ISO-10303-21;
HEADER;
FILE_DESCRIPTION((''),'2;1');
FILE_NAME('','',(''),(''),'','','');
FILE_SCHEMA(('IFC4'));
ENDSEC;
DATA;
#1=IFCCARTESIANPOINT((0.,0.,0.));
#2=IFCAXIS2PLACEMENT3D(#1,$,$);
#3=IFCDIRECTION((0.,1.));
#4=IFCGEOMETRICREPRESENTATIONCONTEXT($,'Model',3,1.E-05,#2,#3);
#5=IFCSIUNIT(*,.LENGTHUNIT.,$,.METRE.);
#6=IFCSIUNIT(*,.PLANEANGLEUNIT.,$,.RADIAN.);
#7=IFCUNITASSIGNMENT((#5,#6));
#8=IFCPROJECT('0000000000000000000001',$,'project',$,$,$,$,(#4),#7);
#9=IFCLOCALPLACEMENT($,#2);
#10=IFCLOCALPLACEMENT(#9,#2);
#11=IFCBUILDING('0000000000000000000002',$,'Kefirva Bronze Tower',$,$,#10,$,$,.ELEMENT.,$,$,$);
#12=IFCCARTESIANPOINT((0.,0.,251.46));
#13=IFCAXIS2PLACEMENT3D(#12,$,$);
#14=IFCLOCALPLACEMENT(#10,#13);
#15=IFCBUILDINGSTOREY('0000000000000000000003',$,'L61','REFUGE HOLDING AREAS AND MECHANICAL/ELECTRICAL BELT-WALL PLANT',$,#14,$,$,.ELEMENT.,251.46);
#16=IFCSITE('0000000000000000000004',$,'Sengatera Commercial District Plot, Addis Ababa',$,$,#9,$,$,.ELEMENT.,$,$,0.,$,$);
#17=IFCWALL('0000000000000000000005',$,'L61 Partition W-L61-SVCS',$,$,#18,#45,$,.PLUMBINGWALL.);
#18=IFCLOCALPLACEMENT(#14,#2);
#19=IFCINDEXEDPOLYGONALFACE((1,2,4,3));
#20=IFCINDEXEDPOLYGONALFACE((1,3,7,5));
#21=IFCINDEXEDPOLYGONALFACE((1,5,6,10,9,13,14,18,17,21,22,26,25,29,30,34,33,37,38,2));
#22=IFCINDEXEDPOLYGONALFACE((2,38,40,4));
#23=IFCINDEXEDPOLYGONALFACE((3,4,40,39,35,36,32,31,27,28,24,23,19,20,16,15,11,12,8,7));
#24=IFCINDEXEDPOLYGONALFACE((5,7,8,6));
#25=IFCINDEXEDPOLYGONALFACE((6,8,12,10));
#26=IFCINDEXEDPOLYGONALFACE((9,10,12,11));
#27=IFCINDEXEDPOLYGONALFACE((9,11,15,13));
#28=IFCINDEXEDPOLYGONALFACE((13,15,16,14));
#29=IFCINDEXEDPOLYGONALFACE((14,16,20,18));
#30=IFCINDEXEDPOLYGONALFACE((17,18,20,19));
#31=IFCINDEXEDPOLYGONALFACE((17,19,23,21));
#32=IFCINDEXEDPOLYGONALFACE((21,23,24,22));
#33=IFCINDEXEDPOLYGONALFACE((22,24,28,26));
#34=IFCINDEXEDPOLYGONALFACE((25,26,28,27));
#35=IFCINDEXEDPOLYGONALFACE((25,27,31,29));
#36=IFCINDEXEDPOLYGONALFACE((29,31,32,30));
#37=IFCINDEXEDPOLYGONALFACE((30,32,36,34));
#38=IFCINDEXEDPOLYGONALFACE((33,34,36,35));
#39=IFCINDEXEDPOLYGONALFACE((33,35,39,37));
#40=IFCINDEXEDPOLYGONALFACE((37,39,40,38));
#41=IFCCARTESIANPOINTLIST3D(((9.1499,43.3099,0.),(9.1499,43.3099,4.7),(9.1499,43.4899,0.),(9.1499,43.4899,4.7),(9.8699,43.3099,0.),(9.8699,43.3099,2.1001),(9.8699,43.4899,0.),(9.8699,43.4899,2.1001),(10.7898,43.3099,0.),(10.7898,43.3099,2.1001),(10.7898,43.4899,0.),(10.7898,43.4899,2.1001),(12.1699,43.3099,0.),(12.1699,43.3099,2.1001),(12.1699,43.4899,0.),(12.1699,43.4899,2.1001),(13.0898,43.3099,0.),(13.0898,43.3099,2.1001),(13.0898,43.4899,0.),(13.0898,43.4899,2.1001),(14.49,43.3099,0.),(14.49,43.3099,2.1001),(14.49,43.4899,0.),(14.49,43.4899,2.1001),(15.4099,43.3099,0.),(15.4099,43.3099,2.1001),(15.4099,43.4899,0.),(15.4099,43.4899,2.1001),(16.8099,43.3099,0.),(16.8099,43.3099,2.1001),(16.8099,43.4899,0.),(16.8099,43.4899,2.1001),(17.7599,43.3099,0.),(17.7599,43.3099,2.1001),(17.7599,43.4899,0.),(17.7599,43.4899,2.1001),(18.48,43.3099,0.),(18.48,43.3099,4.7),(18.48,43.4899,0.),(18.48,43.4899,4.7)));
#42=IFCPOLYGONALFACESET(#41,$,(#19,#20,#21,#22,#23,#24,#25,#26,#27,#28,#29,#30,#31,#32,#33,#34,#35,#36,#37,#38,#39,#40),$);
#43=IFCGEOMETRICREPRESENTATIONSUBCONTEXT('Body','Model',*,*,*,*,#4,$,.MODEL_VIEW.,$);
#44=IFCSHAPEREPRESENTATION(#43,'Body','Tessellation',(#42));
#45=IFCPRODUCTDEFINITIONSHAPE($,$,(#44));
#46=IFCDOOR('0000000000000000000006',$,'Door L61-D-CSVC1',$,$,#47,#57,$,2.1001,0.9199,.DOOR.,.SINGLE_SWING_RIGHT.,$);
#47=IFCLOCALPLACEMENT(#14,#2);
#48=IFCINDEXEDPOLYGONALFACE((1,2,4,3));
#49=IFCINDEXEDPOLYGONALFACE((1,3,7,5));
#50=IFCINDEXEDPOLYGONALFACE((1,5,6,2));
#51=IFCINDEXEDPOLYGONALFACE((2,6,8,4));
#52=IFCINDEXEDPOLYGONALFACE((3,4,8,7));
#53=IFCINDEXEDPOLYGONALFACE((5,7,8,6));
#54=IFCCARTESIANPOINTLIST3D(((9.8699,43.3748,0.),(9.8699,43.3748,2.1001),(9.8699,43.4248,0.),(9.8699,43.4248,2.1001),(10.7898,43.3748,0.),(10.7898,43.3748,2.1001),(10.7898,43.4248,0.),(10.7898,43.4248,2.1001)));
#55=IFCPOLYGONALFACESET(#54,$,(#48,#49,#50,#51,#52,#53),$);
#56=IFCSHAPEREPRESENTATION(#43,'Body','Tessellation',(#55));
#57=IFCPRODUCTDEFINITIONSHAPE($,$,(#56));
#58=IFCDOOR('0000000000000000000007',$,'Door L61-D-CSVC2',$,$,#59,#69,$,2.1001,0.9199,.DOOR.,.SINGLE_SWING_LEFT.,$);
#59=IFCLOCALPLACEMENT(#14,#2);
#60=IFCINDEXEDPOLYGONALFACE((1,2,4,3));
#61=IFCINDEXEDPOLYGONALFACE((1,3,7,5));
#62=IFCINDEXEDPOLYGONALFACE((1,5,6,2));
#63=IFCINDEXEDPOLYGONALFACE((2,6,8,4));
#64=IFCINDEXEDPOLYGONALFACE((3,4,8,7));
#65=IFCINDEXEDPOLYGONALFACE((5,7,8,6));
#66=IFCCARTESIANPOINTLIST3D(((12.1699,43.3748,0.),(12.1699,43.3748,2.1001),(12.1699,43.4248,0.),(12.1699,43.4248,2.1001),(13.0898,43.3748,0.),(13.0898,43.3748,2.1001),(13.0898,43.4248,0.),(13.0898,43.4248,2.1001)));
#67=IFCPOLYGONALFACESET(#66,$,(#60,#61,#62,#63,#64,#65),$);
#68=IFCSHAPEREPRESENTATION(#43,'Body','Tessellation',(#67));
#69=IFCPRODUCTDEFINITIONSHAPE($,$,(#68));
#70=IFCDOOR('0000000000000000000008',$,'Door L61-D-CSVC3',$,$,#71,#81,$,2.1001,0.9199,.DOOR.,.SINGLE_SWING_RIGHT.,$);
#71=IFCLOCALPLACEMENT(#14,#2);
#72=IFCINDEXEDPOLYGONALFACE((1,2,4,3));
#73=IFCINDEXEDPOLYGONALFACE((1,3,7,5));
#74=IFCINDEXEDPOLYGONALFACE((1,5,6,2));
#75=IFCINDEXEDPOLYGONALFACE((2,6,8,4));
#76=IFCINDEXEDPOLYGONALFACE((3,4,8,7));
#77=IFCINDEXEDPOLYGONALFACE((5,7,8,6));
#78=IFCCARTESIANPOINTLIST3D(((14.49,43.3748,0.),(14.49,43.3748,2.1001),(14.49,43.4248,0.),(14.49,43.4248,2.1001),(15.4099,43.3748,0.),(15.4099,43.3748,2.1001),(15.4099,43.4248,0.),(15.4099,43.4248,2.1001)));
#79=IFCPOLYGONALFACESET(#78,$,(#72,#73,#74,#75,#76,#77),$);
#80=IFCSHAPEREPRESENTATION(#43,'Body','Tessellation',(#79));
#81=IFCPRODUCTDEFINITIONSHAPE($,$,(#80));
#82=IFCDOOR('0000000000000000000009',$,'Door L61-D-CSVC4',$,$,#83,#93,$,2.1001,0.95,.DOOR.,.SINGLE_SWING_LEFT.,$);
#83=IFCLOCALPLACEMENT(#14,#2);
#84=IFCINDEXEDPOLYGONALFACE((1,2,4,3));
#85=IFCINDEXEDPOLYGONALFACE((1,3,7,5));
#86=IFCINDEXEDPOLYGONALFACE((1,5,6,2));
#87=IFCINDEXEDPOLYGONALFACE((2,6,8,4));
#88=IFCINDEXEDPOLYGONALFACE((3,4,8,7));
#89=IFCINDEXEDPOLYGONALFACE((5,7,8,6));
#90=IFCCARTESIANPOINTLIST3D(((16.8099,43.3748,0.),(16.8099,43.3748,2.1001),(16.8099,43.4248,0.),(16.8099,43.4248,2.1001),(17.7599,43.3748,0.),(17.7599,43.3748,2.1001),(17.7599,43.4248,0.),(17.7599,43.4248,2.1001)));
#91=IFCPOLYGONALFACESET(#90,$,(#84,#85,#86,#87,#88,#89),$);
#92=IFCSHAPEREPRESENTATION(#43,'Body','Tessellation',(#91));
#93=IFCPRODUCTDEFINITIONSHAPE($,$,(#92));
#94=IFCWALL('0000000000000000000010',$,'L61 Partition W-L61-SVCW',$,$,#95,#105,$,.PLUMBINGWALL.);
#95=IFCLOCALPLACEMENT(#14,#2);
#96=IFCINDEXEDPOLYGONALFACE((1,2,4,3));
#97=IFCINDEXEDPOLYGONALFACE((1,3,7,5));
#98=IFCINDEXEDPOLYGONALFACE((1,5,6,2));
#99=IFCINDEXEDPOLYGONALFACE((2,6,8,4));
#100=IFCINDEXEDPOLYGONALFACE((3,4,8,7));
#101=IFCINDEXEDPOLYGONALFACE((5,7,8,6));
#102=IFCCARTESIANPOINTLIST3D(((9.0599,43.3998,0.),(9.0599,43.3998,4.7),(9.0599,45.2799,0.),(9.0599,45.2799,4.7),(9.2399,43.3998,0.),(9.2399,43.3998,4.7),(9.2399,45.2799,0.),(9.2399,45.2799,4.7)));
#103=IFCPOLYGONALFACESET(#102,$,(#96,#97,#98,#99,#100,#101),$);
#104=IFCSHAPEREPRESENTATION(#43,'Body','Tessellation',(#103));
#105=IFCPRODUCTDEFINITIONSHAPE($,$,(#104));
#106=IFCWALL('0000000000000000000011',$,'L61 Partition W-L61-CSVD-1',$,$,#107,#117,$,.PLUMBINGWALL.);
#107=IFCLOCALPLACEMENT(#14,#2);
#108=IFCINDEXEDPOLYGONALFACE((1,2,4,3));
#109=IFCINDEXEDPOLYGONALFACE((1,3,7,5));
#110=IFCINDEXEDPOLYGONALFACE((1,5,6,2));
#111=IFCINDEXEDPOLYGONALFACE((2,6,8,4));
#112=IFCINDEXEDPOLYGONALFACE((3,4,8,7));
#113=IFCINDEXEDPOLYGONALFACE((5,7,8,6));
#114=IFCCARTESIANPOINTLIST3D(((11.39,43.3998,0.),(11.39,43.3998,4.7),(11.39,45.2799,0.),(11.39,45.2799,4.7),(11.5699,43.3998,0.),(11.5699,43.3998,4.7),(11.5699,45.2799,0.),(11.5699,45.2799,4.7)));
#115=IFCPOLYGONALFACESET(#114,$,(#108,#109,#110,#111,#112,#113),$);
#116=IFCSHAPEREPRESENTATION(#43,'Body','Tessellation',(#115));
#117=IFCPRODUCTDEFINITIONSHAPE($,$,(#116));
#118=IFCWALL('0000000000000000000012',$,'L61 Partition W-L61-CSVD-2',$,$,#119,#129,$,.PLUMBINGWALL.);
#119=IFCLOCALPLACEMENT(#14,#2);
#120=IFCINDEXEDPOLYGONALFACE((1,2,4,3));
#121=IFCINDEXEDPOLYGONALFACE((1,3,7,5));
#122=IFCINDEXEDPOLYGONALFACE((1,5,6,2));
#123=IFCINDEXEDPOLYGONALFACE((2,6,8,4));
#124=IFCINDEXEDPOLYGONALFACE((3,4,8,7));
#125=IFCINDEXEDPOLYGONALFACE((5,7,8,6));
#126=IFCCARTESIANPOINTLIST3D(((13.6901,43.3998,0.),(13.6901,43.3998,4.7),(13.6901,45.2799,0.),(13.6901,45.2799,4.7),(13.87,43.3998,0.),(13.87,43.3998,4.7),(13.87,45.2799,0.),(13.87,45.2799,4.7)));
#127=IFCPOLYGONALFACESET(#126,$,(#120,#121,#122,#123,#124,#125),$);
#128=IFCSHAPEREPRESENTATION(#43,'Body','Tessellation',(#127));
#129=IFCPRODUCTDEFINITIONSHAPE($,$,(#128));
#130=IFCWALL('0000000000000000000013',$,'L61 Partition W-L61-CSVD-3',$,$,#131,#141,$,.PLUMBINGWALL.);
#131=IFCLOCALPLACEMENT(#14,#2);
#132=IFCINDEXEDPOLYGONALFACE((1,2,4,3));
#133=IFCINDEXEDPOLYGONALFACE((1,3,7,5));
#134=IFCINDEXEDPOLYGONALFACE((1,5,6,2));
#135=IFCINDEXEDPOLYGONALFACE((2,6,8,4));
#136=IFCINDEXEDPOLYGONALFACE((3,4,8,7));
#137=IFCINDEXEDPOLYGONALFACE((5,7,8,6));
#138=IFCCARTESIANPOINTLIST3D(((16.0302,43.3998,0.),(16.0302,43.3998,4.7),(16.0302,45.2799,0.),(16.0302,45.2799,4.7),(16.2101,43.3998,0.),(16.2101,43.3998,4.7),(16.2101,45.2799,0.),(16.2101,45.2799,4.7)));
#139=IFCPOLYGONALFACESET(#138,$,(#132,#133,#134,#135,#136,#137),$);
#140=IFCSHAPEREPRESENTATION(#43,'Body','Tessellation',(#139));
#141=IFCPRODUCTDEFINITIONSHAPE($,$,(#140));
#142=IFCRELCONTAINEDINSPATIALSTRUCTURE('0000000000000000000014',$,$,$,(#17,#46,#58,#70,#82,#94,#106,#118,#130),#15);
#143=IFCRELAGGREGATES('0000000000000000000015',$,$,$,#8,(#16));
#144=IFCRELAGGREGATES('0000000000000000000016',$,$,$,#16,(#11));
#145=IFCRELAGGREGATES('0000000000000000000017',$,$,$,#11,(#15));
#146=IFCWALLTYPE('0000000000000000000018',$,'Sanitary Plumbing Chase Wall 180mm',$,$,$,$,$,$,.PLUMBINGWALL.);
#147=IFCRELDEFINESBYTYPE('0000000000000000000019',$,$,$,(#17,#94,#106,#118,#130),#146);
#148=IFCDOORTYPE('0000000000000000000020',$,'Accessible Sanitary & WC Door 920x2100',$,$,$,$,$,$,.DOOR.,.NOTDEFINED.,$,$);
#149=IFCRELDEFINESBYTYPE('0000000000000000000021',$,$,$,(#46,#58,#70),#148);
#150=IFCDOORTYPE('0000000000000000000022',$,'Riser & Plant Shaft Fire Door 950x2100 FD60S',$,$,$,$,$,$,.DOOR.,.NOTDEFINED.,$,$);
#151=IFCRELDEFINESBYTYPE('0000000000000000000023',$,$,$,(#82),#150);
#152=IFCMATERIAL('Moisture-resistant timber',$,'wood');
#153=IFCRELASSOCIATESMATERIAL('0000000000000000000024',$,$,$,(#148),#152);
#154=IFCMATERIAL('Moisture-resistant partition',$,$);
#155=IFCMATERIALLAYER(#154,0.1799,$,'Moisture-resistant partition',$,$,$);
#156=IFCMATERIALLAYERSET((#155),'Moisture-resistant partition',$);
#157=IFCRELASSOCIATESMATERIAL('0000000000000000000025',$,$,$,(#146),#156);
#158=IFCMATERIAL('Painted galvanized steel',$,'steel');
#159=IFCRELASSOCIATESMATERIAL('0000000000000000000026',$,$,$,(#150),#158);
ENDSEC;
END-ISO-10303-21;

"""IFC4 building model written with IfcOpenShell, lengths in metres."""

from ifc_helpers import new_model, si_unit, direction, frame, frame_2d, origin, place, context, subcontext, project, spatial, rectangle, extrude, material, layer, layer_set, type_object, element, fill, save


model = new_model("IFC4")

# Units and contexts
model_context = context("Model", 3, precision=1e-05, world=origin(), true_north=direction((0.0, 1.0)))
body_context = subcontext(model_context, "Body", "Model", "MODEL_VIEW")
ifc_project = project(units=[si_unit("LENGTHUNIT", "METRE"), si_unit("PLANEANGLEUNIT", "RADIAN")], contexts=[model_context])

# Site, building, storey
site_placement = place(None, origin())
site = spatial("IfcSite", under=ifc_project, at=site_placement, Name="Sengatera Commercial District Plot, Addis Ababa", CompositionType="ELEMENT", RefElevation=0.0)
building_placement = place(site_placement, origin())
building = spatial("IfcBuilding", under=site, at=building_placement, Name="Kefirva Bronze Tower", CompositionType="ELEMENT")
storey_placement = place(building_placement, frame((0.0, 0.0, 251.46)))
storey = spatial("IfcBuildingStorey", under=building, at=storey_placement, Name="L61", Description="REFUGE HOLDING AREAS AND MECHANICAL/ELECTRICAL BELT-WALL PLANT", CompositionType="ELEMENT", Elevation=251.46)

# Shared definitions
ifc_material_1 = material(Name="Moisture-resistant timber", Category="wood")
door_type_1 = type_object("IfcDoorType", Name="Accessible Sanitary & WC Door 920x2100", OperationType="NOTDEFINED", PredefinedType="DOOR", material=ifc_material_1)

# Shared definitions
ifc_material_2 = material(Name="Painted galvanized steel", Category="steel")

# Wall, openings, doors
ifc_material_3 = material(Name="Moisture-resistant partition")
ifc_layer_1 = layer(ifc_material_3, 0.1799, Name="Moisture-resistant partition")
ifc_layer_set_1 = layer_set([ifc_layer_1], Name="Moisture-resistant partition")
wall_type_1 = type_object("IfcWallType", Name="Sanitary Plumbing Chase Wall 180mm", PredefinedType="PLUMBINGWALL", material=ifc_layer_set_1)
wall_1_placement = place(storey_placement, frame((9.1499, 43.3999, 0.0), z_axis=(0.0, 0.0, 1.0), x_axis=(1.0, 0.0, 0.0)))
wall_1 = element("IfcWall", 1, at=wall_1_placement, inside=storey, type_object=wall_type_1, Name="L61 Partition W-L61-SVCS", PredefinedType="PLUMBINGWALL", context=body_context, shape_type="SweptSolid", body=[
    extrude(rectangle(XDim=9.3301, YDim=0.1799, at=frame_2d((4.665, 0.0))), origin(), (0.0, 0.0, 1.0), 4.7),
])
opening_1_placement = place(wall_1_placement, frame((0.72, 0.0, 0.0)))
opening_1 = element("IfcOpeningElement", 2, at=opening_1_placement, cuts=wall_1, PredefinedType="OPENING", context=body_context, shape_type="SweptSolid", body=[
    extrude(rectangle(XDim=0.9199, YDim=2.1001, at=frame_2d((0.46, 1.05))), frame((0.0, 0.1001, 0.0), z_axis=(0.0, -1.0, 0.0), x_axis=(1.0, 0.0, 0.0)), (0.0, 0.0, 1.0), 0.2),
])
opening_2_placement = place(wall_1_placement, frame((3.02, 0.0, 0.0)))
opening_2 = element("IfcOpeningElement", 3, at=opening_2_placement, cuts=wall_1, PredefinedType="OPENING", context=body_context, shape_type="SweptSolid", body=[
    extrude(rectangle(XDim=0.9199, YDim=2.1001, at=frame_2d((0.46, 1.05))), frame((0.0, 0.1001, 0.0), z_axis=(0.0, -1.0, 0.0), x_axis=(1.0, 0.0, 0.0)), (0.0, 0.0, 1.0), 0.2),
])
opening_3_placement = place(wall_1_placement, frame((5.3401, 0.0, 0.0)))
opening_3 = element("IfcOpeningElement", 4, at=opening_3_placement, cuts=wall_1, PredefinedType="OPENING", context=body_context, shape_type="SweptSolid", body=[
    extrude(rectangle(XDim=0.9199, YDim=2.1001, at=frame_2d((0.46, 1.05))), frame((0.0, 0.1001, 0.0), z_axis=(0.0, -1.0, 0.0), x_axis=(1.0, 0.0, 0.0)), (0.0, 0.0, 1.0), 0.2),
])
opening_4_placement = place(wall_1_placement, frame((7.6599, 0.0, 0.0)))
opening_4 = element("IfcOpeningElement", 5, at=opening_4_placement, cuts=wall_1, PredefinedType="OPENING", context=body_context, shape_type="SweptSolid", body=[
    extrude(rectangle(XDim=0.95, YDim=2.1001, at=frame_2d((0.4751, 1.05))), frame((0.0, 0.1001, 0.0), z_axis=(0.0, -1.0, 0.0), x_axis=(1.0, 0.0, 0.0)), (0.0, 0.0, 1.0), 0.2),
])
door_1_placement = place(opening_1_placement, origin())
door_1 = element("IfcDoor", 6, at=door_1_placement, inside=storey, type_object=door_type_1, Name="Door L61-D-CSVC1", OperationType="SINGLE_SWING_RIGHT", OverallHeight=2.1001, OverallWidth=0.9199, PredefinedType="DOOR", context=body_context, shape_type="SweptSolid", body=[
    extrude(rectangle(XDim=0.9199, YDim=2.1001, at=frame_2d((0.46, 1.05))), frame((0.0, 0.0249, 0.0), z_axis=(0.0, -1.0, 0.0), x_axis=(1.0, 0.0, 0.0)), (0.0, 0.0, 1.0), 0.05),
])
fill(opening_1, door_1)
door_2_placement = place(opening_2_placement, origin())
door_2 = element("IfcDoor", 7, at=door_2_placement, inside=storey, type_object=door_type_1, Name="Door L61-D-CSVC2", OperationType="SINGLE_SWING_LEFT", OverallHeight=2.1001, OverallWidth=0.9199, PredefinedType="DOOR", context=body_context, shape_type="SweptSolid", body=[
    extrude(rectangle(XDim=0.9199, YDim=2.1001, at=frame_2d((0.46, 1.05))), frame((0.0, 0.0249, 0.0), z_axis=(0.0, -1.0, 0.0), x_axis=(1.0, 0.0, 0.0)), (0.0, 0.0, 1.0), 0.05),
])
fill(opening_2, door_2)
door_3_placement = place(opening_3_placement, origin())
door_3 = element("IfcDoor", 8, at=door_3_placement, inside=storey, type_object=door_type_1, Name="Door L61-D-CSVC3", OperationType="SINGLE_SWING_RIGHT", OverallHeight=2.1001, OverallWidth=0.9199, PredefinedType="DOOR", context=body_context, shape_type="SweptSolid", body=[
    extrude(rectangle(XDim=0.9199, YDim=2.1001, at=frame_2d((0.46, 1.05))), frame((0.0, 0.0249, 0.0), z_axis=(0.0, -1.0, 0.0), x_axis=(1.0, 0.0, 0.0)), (0.0, 0.0, 1.0), 0.05),
])
fill(opening_3, door_3)
door_type_2 = type_object("IfcDoorType", Name="Riser & Plant Shaft Fire Door 950x2100 FD60S", OperationType="NOTDEFINED", PredefinedType="DOOR", material=ifc_material_2)
door_4_placement = place(opening_4_placement, origin())
door_4 = element("IfcDoor", 9, at=door_4_placement, inside=storey, type_object=door_type_2, Name="Door L61-D-CSVC4", OperationType="SINGLE_SWING_LEFT", OverallHeight=2.1001, OverallWidth=0.95, PredefinedType="DOOR", context=body_context, shape_type="SweptSolid", body=[
    extrude(rectangle(XDim=0.95, YDim=2.1001, at=frame_2d((0.4751, 1.05))), frame((0.0, 0.0249, 0.0), z_axis=(0.0, -1.0, 0.0), x_axis=(1.0, 0.0, 0.0)), (0.0, 0.0, 1.0), 0.05),
])
fill(opening_4, door_4)

# Walls
for number, where, z_axis, x_axis, name in (
    (10, (9.1499, 43.3999, 0.0), (0.0, 0.0, 1.0), (0.0, 1.0, 0.0), "L61 Partition W-L61-SVCW"),
    (11, (11.48, 43.3999, 0.0), (0.0, 0.0, 1.0), (0.0, 1.0, 0.0), "L61 Partition W-L61-CSVD-1"),
    (12, (13.78, 43.3999, 0.0), (0.0, 0.0, 1.0), (0.0, 1.0, 0.0), "L61 Partition W-L61-CSVD-2"),
    (13, (16.1201, 43.3999, 0.0), (0.0, 0.0, 1.0), (0.0, 1.0, 0.0), "L61 Partition W-L61-CSVD-3"),
):
    element("IfcWall", number, at=place(storey_placement, frame(where, z_axis=z_axis, x_axis=x_axis)), inside=storey, type_object=wall_type_1, Name=name, PredefinedType="PLUMBINGWALL", context=body_context, shape_type="SweptSolid", body=[
        extrude(rectangle(XDim=1.8801, YDim=0.1799, at=frame_2d((0.9399, 0.0))), origin(), (0.0, 0.0, 1.0), 4.7),
    ])

save(model, "model.ifc")
